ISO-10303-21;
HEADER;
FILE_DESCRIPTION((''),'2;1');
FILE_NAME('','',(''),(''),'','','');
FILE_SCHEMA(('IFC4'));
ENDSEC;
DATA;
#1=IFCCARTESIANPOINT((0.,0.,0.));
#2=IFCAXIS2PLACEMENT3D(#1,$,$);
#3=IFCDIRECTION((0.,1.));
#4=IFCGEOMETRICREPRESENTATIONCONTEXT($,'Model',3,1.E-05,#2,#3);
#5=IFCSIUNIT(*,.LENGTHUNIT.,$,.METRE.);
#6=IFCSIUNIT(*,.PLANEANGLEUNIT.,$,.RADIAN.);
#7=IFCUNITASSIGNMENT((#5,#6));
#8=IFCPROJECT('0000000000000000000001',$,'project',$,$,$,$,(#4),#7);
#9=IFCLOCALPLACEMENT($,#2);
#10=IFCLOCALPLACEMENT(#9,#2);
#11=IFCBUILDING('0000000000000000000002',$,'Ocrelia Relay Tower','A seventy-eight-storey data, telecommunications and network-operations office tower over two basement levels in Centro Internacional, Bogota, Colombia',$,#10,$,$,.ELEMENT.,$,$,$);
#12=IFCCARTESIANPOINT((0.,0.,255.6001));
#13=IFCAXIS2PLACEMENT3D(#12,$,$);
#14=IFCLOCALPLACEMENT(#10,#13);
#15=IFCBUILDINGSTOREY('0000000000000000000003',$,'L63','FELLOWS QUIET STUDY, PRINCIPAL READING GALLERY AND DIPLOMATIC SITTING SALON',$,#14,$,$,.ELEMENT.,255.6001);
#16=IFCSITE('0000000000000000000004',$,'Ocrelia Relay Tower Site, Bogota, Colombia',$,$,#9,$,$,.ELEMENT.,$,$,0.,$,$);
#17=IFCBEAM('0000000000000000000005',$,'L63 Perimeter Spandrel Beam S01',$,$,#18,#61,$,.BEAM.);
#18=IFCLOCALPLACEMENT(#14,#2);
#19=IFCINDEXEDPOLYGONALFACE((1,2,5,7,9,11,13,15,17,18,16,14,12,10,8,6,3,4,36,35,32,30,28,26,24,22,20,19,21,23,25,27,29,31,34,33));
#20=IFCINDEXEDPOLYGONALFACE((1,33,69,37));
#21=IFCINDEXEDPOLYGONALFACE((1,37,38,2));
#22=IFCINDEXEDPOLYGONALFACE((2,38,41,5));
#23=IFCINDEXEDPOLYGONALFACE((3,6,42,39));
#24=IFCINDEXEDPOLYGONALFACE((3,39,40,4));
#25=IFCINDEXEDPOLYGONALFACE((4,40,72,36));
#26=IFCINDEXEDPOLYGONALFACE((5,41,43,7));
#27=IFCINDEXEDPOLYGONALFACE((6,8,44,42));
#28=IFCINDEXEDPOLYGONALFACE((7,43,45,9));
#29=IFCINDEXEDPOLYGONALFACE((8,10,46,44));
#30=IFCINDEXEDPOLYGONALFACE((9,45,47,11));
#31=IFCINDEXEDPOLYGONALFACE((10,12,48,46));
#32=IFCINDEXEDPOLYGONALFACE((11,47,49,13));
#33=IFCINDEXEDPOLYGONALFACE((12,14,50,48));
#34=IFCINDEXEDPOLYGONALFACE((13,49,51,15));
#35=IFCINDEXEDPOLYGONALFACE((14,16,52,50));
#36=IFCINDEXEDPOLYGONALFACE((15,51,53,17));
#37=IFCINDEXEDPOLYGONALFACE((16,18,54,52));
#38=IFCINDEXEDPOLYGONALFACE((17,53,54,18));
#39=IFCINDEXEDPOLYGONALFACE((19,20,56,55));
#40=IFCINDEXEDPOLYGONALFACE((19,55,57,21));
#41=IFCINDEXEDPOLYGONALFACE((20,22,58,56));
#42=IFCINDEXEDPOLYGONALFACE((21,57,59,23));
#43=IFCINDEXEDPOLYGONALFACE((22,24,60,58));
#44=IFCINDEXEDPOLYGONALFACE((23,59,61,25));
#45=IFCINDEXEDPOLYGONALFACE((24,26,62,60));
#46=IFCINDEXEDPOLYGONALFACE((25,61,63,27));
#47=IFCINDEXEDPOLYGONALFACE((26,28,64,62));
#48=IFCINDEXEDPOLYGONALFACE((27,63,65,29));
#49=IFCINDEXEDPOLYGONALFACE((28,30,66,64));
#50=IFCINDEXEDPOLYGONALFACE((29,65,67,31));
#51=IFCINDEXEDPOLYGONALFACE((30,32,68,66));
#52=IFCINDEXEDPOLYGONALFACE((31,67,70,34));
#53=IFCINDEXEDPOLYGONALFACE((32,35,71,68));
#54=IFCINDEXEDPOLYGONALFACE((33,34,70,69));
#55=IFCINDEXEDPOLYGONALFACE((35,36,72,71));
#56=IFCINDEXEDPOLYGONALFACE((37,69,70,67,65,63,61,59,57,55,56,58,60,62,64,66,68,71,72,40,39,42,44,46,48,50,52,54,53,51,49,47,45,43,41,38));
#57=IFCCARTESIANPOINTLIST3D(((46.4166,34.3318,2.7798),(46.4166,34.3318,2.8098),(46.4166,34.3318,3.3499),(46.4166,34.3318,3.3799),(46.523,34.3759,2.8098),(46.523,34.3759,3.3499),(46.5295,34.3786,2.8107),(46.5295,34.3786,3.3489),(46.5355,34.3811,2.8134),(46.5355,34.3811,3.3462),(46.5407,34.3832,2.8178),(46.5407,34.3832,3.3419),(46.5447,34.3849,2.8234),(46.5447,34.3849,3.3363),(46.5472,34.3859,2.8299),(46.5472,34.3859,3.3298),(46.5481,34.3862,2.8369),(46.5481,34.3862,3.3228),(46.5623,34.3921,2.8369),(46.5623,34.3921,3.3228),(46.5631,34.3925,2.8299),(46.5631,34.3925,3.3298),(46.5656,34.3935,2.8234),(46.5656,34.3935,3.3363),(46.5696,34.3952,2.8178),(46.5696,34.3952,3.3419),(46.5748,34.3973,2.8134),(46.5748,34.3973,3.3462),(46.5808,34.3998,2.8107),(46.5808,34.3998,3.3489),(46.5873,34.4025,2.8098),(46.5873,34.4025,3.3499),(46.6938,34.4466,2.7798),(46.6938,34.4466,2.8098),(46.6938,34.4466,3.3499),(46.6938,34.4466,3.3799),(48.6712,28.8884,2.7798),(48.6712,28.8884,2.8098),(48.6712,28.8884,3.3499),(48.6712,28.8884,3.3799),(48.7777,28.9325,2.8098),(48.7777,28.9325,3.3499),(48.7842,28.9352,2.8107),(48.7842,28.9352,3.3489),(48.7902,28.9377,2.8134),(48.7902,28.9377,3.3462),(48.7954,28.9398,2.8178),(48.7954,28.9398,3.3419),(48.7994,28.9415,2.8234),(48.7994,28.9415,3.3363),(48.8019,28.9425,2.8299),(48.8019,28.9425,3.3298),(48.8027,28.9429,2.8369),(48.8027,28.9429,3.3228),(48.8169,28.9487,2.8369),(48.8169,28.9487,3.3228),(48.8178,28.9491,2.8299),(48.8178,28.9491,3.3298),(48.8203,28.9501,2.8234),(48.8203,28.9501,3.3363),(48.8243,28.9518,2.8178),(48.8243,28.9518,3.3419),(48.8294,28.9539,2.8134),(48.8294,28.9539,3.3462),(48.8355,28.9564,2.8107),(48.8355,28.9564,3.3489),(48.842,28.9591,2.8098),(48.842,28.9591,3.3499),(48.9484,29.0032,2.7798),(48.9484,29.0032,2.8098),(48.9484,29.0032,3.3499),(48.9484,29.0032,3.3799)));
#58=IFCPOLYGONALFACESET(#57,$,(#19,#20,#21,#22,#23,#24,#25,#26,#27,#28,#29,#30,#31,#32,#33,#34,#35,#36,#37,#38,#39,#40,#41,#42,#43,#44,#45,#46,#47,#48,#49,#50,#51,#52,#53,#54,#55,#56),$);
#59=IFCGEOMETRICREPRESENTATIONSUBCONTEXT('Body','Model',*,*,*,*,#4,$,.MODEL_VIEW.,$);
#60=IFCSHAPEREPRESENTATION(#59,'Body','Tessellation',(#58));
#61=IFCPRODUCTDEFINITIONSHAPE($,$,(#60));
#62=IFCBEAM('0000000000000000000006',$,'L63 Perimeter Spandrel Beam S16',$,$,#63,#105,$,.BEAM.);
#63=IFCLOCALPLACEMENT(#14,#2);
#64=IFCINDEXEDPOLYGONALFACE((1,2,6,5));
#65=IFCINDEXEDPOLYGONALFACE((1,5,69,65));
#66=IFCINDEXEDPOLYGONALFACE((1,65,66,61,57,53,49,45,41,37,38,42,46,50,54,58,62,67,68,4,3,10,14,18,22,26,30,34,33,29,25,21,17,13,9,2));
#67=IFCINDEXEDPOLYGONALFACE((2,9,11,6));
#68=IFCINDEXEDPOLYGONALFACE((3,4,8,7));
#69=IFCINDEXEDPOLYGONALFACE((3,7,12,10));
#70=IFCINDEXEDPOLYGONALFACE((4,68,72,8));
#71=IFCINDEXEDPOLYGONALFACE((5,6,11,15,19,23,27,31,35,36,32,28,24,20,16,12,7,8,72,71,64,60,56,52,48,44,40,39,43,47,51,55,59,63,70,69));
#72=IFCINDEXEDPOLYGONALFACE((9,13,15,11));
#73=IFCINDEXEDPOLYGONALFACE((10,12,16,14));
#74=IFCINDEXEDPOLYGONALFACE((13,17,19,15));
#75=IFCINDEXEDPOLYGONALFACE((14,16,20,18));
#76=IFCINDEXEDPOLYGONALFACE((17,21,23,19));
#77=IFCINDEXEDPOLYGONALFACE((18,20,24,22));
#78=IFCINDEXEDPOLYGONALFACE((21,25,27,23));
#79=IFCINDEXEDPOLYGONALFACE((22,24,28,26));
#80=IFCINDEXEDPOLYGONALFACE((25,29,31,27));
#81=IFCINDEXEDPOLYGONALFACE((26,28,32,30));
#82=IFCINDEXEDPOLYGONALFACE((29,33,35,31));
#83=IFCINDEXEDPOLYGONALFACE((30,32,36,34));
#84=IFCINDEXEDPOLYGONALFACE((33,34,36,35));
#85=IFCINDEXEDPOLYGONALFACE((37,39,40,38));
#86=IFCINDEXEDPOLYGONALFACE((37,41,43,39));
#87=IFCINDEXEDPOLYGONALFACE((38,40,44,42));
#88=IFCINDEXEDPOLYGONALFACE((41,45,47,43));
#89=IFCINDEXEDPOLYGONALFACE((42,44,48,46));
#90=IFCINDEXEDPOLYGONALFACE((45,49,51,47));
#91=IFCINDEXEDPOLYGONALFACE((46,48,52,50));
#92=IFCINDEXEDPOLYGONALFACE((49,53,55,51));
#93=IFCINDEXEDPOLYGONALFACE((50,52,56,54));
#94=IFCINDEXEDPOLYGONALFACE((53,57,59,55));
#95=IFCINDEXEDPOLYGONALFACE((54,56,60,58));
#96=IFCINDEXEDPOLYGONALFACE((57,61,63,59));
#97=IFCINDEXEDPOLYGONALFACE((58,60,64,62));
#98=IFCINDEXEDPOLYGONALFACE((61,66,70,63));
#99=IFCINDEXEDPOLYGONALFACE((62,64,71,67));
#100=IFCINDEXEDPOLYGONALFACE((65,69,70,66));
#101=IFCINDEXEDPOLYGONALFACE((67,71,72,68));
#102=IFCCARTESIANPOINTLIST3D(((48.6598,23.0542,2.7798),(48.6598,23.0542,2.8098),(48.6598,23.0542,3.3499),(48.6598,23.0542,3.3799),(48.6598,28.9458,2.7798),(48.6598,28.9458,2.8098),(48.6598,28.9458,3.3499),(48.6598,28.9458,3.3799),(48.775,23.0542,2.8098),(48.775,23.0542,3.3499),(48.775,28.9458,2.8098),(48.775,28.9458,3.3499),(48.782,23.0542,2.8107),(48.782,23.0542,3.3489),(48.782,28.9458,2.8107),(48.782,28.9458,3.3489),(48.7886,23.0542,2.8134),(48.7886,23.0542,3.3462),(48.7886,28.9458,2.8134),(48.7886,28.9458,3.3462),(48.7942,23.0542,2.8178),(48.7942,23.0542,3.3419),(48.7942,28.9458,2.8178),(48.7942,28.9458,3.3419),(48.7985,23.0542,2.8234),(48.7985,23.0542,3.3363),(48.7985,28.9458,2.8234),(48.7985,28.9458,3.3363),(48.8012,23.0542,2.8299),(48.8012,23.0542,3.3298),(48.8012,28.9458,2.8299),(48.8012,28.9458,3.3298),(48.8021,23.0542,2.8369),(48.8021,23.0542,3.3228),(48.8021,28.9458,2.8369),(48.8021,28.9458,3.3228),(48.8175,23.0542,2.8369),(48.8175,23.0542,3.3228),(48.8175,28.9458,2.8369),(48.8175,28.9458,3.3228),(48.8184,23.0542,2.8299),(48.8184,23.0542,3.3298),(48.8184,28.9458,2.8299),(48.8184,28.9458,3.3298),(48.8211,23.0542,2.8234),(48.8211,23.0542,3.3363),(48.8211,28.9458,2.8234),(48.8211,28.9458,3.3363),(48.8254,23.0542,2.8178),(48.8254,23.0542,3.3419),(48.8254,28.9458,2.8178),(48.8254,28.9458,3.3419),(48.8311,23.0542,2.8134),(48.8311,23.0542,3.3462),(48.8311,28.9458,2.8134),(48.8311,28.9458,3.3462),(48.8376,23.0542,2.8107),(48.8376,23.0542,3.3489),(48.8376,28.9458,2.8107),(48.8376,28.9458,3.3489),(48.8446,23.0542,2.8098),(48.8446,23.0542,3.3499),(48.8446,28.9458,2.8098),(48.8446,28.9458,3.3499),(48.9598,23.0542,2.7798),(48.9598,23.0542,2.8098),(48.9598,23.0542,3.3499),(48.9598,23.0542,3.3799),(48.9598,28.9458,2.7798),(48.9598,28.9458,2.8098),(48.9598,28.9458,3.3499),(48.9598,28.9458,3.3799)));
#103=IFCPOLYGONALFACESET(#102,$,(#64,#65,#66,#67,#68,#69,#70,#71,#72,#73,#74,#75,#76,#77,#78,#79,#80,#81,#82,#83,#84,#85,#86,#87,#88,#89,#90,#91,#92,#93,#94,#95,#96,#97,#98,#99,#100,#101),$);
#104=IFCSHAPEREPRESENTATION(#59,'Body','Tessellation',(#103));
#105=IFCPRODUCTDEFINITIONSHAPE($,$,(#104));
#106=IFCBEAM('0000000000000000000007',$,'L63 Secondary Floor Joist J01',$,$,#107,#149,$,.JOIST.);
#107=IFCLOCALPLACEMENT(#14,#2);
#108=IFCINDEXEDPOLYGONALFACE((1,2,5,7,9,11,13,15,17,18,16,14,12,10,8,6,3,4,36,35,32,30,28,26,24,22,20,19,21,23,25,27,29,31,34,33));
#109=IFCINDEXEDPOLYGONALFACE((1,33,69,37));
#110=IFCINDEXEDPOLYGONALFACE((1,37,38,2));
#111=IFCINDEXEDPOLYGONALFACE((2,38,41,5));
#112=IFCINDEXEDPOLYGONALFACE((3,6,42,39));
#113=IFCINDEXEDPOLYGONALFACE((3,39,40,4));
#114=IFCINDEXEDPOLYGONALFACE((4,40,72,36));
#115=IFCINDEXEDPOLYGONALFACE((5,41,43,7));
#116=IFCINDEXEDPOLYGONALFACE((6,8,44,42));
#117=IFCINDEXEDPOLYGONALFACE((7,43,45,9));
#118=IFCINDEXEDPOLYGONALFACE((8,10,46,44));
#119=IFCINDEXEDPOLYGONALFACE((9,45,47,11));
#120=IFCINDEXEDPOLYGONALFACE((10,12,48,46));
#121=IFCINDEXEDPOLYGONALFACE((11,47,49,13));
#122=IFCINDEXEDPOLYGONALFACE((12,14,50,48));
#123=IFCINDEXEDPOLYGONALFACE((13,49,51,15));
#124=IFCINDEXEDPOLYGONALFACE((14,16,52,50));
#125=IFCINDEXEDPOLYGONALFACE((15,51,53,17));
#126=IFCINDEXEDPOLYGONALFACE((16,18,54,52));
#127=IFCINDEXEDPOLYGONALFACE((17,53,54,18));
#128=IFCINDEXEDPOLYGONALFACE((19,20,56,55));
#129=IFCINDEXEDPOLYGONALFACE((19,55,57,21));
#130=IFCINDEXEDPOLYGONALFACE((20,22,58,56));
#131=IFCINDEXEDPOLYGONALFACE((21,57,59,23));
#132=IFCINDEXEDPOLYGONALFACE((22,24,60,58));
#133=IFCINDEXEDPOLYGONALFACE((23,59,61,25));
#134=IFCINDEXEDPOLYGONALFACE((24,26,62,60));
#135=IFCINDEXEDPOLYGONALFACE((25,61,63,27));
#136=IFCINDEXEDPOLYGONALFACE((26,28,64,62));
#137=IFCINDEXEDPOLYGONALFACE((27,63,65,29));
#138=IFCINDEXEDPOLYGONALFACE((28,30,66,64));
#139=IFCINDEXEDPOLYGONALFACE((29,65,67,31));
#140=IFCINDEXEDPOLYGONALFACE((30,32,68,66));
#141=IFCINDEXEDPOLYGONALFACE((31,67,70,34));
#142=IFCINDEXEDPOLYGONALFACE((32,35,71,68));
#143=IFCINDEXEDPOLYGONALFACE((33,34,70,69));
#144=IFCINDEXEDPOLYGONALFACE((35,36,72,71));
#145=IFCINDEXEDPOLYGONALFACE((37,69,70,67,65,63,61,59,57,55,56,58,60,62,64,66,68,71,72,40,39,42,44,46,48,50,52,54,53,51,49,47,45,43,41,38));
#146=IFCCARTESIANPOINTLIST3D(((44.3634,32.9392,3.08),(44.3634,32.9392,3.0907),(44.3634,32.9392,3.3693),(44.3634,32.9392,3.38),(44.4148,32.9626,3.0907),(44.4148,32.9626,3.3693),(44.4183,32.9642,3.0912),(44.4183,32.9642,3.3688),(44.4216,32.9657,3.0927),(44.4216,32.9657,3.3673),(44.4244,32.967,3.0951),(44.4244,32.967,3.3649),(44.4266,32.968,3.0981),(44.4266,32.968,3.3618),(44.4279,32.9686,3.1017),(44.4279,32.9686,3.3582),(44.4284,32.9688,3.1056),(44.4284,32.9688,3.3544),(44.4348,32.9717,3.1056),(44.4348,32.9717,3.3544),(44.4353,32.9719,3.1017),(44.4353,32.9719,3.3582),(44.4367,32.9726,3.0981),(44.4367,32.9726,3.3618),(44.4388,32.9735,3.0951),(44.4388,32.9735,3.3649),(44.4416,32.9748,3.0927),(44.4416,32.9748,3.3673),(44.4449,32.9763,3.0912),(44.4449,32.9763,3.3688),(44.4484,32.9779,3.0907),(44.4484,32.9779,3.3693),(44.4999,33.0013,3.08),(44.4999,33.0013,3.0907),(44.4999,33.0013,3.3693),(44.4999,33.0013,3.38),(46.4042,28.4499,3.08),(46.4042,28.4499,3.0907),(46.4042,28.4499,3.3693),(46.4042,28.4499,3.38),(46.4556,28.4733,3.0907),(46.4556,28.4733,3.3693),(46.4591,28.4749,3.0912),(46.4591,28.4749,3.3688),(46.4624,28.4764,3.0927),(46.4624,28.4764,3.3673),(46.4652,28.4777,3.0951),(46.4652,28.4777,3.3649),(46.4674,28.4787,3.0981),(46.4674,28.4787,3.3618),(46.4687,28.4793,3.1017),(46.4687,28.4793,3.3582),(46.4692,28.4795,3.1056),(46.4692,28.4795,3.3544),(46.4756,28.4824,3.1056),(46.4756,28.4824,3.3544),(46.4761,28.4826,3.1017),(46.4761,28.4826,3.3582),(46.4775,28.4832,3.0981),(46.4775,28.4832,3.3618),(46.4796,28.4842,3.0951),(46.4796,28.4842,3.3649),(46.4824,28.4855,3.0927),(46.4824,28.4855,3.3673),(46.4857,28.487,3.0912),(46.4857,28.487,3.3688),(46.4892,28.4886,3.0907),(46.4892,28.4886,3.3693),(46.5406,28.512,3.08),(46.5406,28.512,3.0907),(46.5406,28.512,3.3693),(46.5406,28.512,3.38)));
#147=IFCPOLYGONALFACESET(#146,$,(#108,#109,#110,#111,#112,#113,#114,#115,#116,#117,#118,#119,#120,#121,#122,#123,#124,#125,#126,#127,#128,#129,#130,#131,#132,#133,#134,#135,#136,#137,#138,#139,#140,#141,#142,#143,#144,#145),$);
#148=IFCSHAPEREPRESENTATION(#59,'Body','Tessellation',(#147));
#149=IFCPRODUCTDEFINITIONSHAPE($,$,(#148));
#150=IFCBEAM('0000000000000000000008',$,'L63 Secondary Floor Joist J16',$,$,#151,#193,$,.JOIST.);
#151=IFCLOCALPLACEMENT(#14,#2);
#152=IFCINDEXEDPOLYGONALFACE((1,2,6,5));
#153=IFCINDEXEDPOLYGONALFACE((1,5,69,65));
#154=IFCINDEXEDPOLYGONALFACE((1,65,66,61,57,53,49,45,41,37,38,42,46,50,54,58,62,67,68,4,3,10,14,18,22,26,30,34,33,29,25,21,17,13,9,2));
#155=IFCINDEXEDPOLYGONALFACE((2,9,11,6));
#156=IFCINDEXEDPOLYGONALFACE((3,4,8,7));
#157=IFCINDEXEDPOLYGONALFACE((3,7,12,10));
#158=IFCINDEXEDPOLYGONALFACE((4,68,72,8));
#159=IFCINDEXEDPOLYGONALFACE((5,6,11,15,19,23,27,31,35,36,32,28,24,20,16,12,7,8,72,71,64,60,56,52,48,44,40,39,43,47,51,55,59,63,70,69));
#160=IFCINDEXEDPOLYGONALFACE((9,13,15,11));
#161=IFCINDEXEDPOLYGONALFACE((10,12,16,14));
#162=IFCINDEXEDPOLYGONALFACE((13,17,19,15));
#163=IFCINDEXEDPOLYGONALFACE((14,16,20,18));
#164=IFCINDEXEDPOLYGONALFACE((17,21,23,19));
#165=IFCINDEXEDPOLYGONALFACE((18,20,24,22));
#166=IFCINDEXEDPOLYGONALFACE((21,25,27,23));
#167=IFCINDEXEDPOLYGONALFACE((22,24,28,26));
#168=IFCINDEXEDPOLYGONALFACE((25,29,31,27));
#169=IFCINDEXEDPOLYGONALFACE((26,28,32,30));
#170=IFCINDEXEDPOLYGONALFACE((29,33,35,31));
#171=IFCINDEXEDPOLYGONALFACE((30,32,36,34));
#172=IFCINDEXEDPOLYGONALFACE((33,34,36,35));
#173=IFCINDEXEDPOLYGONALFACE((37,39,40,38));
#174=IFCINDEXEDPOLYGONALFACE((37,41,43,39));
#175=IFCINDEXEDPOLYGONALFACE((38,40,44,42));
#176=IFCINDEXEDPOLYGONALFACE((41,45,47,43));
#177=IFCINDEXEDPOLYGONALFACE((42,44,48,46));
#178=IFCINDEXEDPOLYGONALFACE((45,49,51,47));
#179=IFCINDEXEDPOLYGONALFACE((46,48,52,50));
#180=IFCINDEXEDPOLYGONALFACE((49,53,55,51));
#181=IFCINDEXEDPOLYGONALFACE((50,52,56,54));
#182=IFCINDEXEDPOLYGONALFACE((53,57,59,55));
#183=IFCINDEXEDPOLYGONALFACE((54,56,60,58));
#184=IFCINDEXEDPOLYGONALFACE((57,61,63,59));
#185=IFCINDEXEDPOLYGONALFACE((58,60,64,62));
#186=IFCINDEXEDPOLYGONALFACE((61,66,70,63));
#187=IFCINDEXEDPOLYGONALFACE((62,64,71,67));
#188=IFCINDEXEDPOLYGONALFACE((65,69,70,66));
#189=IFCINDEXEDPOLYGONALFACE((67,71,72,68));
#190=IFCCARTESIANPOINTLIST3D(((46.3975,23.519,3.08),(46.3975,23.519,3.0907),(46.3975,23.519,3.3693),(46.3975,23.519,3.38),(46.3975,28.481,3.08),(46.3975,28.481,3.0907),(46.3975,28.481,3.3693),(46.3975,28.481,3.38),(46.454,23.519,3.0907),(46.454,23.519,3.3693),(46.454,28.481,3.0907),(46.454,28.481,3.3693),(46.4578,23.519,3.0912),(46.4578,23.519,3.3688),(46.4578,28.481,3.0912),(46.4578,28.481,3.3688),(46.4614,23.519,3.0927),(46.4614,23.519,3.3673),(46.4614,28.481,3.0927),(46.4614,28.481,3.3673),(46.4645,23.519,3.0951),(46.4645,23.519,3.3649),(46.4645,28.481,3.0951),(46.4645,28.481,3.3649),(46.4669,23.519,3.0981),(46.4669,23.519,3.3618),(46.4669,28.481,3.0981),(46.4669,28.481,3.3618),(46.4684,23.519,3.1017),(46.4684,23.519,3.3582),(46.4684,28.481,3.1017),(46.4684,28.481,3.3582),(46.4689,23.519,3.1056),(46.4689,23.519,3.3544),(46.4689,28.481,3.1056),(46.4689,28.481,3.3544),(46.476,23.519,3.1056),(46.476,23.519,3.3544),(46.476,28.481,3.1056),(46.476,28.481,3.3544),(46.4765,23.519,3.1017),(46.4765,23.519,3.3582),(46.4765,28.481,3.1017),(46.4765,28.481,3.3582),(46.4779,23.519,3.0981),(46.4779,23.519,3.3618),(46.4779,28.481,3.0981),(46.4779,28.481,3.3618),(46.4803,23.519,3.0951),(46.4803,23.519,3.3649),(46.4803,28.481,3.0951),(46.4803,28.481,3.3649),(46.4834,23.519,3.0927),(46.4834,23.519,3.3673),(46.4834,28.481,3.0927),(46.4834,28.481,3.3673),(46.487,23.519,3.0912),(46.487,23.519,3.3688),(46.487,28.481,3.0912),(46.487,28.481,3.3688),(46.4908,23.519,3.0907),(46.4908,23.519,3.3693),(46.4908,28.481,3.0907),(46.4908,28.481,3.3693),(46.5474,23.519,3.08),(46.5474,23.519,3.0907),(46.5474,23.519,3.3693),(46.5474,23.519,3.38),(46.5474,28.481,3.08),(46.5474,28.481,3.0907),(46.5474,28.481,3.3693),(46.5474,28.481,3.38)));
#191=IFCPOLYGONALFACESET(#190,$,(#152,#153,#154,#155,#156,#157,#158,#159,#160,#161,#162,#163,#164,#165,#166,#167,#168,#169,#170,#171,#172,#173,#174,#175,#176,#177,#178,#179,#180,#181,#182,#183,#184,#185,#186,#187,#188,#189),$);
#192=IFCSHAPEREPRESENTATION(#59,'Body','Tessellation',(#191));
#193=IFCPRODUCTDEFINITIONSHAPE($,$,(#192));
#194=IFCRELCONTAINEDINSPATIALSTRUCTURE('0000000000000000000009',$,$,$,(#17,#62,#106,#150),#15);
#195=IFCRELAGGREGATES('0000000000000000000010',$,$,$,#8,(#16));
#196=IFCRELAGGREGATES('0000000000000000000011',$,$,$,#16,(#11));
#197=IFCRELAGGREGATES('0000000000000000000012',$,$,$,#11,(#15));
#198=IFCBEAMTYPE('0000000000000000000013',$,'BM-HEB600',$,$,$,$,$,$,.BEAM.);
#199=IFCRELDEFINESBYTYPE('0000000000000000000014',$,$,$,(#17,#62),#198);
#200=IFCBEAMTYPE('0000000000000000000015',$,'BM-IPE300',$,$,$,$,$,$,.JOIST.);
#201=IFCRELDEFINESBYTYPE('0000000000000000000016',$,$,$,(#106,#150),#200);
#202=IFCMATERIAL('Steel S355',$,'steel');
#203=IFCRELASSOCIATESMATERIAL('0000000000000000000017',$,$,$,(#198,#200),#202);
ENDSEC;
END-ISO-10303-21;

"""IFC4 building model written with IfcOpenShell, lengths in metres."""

from ifc_helpers import new_model, si_unit, direction, frame, origin, origin_2d, place, context, subcontext, project, spatial, i_section, extrude, material, material_profile, profile_set, type_object, element, save


model = new_model("IFC4")

# Units and contexts
model_context = context("Model", 3, precision=1e-05, world=origin(), true_north=direction((0.0, 1.0)))
body_context = subcontext(model_context, "Body", "Model", "MODEL_VIEW")
ifc_project = project(units=[si_unit("LENGTHUNIT", "METRE"), si_unit("PLANEANGLEUNIT", "RADIAN")], contexts=[model_context])

# Site, building, storey
site_placement = place(None, origin())
site = spatial("IfcSite", under=ifc_project, at=site_placement, Name="Ocrelia Relay Tower Site, Bogota, Colombia", CompositionType="ELEMENT", RefElevation=0.0)
building_placement = place(site_placement, origin())
building = spatial("IfcBuilding", under=site, at=building_placement, Name="Ocrelia Relay Tower", Description="A seventy-eight-storey data, telecommunications and network-operations office tower over two basement levels in Centro Internacional, Bogota, Colombia", CompositionType="ELEMENT")
storey_placement = place(building_placement, frame((0.0, 0.0, 255.6001)))
storey = spatial("IfcBuildingStorey", under=building, at=storey_placement, Name="L63", Description="FELLOWS QUIET STUDY, PRINCIPAL READING GALLERY AND DIPLOMATIC SITTING SALON", CompositionType="ELEMENT", Elevation=255.6001)

# Beams
ifc_material_1 = material(Name="Steel S355", Category="steel")
ifc_material_profile_1 = material_profile(ifc_material_1, i_section(OverallWidth=0.3, OverallDepth=0.6001, WebThickness=0.0154, FlangeThickness=0.03, FilletRadius=0.0271, at=origin_2d()), Name="HEB 600")
ifc_profile_set_1 = profile_set([ifc_material_profile_1], Name="Steel S355")
beam_type_1 = type_object("IfcBeamType", Name="BM-HEB600", PredefinedType="BEAM", material=ifc_profile_set_1)
beam_1_placement = place(storey_placement, frame((48.8098, 28.9458, 3.0798), z_axis=(-0.382673, 0.923884, 0.0), x_axis=(-0.923884, -0.382673, 0.0)))
element("IfcBeam", 1, at=beam_1_placement, inside=storey, type_object=beam_type_1, Name="L63 Perimeter Spandrel Beam S01", PredefinedType="BEAM", context=body_context, shape_type="SweptSolid", body=[
    extrude(i_section(OverallWidth=0.3, OverallDepth=0.6001, WebThickness=0.0154, FlangeThickness=0.03, FilletRadius=0.0271, at=origin_2d()), origin(), (0.0, 0.0, 1.0), 5.8918),
])
beam_2_placement = place(storey_placement, frame((48.8098, 23.0542, 3.0798), z_axis=(0.0, 1.0, 0.0), x_axis=(-1.0, 0.0, 0.0)))
element("IfcBeam", 2, at=beam_2_placement, inside=storey, type_object=beam_type_1, Name="L63 Perimeter Spandrel Beam S16", PredefinedType="BEAM", context=body_context, shape_type="SweptSolid", body=[
    extrude(i_section(OverallWidth=0.3, OverallDepth=0.6001, WebThickness=0.0154, FlangeThickness=0.03, FilletRadius=0.0271, at=origin_2d()), origin(), (0.0, 0.0, 1.0), 5.8916),
])
ifc_material_profile_2 = material_profile(ifc_material_1, i_section(OverallWidth=0.1499, OverallDepth=0.3, WebThickness=0.0071, FlangeThickness=0.0107, FilletRadius=0.0149, at=origin_2d()), Name="IPE 300")
ifc_profile_set_2 = profile_set([ifc_material_profile_2], Name="Steel S355")
beam_type_2 = type_object("IfcBeamType", Name="BM-IPE300", PredefinedType="JOIST", material=ifc_profile_set_2)
beam_3_placement = place(storey_placement, frame((46.4724, 28.481, 3.23), z_axis=(-0.413837, 0.910351, 0.0), x_axis=(-0.910351, -0.413837, 0.0)))
element("IfcBeam", 3, at=beam_3_placement, inside=storey, type_object=beam_type_2, Name="L63 Secondary Floor Joist J01", PredefinedType="JOIST", context=body_context, shape_type="SweptSolid", body=[
    extrude(i_section(OverallWidth=0.1499, OverallDepth=0.3, WebThickness=0.0071, FlangeThickness=0.0107, FilletRadius=0.0149, at=origin_2d()), origin(), (0.0, 0.0, 1.0), 4.9314),
])
beam_4_placement = place(storey_placement, frame((46.4724, 23.519, 3.23), z_axis=(0.0, 1.0, 0.0), x_axis=(-1.0, 0.0, 0.0)))
element("IfcBeam", 4, at=beam_4_placement, inside=storey, type_object=beam_type_2, Name="L63 Secondary Floor Joist J16", PredefinedType="JOIST", context=body_context, shape_type="SweptSolid", body=[
    extrude(i_section(OverallWidth=0.1499, OverallDepth=0.3, WebThickness=0.0071, FlangeThickness=0.0107, FilletRadius=0.0149, at=origin_2d()), origin(), (0.0, 0.0, 1.0), 4.9619),
])

save(model, "model.ifc")
